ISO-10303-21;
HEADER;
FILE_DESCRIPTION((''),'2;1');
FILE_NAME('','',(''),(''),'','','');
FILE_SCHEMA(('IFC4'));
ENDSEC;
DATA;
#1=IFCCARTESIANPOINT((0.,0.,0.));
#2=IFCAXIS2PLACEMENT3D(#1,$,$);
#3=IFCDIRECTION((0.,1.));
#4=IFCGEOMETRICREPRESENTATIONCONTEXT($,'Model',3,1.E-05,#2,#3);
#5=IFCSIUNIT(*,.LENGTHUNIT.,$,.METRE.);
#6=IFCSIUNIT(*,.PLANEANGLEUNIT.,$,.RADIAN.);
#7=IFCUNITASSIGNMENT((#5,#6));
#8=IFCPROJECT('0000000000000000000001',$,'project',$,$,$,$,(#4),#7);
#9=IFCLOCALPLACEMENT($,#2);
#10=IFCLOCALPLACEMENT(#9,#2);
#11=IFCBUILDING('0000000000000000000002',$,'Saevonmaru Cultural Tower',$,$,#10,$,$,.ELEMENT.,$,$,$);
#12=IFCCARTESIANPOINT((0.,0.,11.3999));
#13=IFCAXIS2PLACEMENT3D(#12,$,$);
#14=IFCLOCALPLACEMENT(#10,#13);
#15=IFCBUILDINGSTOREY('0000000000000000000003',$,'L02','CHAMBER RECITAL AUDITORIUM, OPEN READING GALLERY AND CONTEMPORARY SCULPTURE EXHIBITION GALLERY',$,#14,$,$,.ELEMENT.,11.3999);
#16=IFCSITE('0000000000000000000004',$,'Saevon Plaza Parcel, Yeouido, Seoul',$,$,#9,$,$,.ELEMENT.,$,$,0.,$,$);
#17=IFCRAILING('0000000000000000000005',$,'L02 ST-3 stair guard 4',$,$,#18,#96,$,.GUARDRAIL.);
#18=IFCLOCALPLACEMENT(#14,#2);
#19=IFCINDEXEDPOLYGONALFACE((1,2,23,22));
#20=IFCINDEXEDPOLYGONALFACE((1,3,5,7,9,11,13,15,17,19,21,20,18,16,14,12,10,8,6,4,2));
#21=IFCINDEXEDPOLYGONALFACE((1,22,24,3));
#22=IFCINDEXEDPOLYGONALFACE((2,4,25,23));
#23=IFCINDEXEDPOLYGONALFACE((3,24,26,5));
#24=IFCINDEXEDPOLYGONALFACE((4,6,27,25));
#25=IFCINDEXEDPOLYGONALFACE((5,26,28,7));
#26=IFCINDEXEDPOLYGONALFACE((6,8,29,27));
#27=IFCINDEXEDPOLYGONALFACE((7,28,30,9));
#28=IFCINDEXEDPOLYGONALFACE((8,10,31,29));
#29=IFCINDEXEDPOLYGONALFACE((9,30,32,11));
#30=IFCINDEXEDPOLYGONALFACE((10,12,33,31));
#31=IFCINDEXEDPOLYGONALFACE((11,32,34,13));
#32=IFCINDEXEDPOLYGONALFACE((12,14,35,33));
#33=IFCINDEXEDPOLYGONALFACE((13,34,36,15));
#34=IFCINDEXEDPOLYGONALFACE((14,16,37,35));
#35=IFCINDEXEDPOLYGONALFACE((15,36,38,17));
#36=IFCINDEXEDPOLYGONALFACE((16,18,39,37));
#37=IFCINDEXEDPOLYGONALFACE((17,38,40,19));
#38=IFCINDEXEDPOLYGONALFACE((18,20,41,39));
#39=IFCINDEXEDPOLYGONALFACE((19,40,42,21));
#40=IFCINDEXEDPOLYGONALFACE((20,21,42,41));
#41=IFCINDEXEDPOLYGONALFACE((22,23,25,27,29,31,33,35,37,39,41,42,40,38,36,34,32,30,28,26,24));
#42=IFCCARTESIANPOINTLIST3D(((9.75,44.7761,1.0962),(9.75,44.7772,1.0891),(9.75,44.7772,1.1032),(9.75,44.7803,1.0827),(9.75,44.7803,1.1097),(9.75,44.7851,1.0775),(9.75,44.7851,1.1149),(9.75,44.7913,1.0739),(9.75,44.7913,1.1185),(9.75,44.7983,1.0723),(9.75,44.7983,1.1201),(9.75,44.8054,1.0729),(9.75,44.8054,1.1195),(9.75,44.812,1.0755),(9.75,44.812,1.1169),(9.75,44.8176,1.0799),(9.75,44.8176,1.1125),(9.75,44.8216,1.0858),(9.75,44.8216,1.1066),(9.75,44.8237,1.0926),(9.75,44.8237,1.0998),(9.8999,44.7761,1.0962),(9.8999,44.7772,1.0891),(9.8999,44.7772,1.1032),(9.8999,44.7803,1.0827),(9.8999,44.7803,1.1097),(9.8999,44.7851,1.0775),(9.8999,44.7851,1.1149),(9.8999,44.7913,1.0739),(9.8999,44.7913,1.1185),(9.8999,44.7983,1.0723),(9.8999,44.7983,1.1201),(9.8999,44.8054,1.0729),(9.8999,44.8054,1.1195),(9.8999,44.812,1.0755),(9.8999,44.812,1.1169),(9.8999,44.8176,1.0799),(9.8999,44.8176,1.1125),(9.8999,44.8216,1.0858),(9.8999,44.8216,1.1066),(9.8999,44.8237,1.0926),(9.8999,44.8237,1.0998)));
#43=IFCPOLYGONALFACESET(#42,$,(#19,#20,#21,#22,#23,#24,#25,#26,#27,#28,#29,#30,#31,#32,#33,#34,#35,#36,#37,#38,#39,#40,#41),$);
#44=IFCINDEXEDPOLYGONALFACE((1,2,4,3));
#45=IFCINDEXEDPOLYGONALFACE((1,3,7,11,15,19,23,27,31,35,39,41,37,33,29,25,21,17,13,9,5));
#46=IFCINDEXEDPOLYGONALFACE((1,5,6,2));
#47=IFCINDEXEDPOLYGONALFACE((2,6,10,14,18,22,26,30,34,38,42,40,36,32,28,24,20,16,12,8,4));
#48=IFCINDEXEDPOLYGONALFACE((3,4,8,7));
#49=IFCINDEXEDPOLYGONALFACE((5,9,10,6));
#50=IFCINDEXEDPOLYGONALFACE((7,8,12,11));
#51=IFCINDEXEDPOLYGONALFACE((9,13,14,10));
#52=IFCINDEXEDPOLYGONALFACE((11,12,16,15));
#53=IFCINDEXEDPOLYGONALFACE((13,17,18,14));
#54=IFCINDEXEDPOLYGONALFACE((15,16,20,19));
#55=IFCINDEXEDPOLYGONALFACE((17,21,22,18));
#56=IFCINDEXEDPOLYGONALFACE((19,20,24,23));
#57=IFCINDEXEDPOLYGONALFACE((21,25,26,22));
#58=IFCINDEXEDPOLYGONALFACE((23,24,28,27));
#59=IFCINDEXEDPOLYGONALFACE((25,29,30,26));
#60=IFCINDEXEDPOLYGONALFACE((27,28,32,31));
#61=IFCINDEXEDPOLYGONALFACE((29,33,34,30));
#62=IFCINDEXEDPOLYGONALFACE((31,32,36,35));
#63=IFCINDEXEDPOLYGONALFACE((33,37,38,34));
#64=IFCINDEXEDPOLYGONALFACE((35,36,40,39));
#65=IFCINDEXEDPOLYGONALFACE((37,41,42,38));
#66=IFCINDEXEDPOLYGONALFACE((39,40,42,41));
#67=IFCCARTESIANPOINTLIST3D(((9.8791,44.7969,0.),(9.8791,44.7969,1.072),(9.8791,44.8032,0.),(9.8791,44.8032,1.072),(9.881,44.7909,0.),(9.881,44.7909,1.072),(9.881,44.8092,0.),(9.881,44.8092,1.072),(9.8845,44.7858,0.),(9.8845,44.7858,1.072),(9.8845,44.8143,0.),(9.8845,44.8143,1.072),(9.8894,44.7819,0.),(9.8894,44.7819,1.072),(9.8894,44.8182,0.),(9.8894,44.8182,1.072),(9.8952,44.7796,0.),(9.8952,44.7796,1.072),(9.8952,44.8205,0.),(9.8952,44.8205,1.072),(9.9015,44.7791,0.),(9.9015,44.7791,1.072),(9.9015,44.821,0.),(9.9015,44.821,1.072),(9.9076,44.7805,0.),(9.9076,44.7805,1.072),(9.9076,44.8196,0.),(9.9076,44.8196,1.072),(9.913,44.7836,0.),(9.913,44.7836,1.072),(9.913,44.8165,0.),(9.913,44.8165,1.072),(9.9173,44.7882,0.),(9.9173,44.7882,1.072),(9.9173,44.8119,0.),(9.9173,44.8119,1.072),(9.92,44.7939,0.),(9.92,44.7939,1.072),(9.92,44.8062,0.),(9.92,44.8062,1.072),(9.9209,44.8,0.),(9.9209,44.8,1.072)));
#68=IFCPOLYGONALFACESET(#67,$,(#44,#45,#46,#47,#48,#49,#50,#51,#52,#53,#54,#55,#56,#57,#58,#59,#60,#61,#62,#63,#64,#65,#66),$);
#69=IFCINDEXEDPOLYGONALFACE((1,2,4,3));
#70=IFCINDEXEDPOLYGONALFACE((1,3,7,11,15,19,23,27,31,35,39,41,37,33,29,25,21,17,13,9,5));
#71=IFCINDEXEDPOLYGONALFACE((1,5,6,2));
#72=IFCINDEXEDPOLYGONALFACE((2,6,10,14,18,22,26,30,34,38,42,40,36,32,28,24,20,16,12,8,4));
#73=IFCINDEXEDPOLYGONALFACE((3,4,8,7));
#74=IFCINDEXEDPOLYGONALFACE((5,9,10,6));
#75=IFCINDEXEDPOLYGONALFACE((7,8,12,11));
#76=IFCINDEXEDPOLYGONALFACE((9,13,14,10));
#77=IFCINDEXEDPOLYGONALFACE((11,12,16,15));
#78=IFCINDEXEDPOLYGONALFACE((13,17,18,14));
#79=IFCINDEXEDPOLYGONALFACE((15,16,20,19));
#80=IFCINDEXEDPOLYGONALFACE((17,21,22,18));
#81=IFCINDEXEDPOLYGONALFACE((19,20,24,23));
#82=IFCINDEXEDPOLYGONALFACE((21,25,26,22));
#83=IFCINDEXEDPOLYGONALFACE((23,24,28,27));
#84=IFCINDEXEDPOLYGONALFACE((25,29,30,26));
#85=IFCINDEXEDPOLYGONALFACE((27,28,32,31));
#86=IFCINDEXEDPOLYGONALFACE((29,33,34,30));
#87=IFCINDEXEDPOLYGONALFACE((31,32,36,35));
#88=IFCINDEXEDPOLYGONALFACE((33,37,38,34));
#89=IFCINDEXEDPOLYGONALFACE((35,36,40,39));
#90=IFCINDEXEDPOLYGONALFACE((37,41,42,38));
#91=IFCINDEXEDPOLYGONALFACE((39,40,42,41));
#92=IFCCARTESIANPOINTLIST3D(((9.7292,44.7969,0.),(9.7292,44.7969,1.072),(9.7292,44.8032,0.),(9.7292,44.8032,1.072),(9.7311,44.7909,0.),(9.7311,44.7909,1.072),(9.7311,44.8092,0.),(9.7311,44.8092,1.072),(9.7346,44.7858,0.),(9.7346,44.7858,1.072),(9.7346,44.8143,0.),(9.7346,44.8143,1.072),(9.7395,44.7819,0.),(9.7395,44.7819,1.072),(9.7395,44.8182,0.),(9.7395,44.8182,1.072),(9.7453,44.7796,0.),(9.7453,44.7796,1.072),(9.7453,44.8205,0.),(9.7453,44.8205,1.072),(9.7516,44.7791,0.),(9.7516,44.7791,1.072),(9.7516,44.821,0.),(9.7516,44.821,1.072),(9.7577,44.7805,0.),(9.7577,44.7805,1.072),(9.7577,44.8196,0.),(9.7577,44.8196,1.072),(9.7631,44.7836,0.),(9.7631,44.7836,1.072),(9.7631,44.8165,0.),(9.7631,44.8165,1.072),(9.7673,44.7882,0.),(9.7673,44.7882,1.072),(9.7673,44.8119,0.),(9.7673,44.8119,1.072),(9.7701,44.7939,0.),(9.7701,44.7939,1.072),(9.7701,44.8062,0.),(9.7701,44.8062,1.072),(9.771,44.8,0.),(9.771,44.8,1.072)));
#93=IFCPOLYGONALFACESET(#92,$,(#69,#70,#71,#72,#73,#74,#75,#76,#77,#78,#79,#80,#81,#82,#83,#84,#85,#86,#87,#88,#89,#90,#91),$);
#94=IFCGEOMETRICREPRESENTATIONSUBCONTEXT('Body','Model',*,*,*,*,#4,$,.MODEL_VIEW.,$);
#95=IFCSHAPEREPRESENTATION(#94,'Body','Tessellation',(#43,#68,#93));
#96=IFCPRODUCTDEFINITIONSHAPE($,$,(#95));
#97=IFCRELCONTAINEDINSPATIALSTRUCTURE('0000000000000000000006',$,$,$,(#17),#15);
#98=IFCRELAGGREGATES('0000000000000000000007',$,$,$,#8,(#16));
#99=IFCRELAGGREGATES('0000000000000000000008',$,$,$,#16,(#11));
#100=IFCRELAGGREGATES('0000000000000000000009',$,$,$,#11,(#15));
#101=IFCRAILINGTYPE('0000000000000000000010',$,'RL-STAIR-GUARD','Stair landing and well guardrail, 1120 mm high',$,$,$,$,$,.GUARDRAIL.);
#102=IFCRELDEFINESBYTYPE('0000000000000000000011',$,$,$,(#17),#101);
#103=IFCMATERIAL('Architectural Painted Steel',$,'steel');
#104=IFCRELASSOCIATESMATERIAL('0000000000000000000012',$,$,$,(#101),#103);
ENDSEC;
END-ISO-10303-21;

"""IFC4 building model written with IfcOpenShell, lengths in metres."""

from ifc_helpers import new_model, si_unit, direction, frame, origin, origin_2d, place, context, subcontext, project, spatial, circle, extrude, material, type_object, element, save


model = new_model("IFC4")

# Units and contexts
model_context = context("Model", 3, precision=1e-05, world=origin(), true_north=direction((0.0, 1.0)))
body_context = subcontext(model_context, "Body", "Model", "MODEL_VIEW")
ifc_project = project(units=[si_unit("LENGTHUNIT", "METRE"), si_unit("PLANEANGLEUNIT", "RADIAN")], contexts=[model_context])

# Site, building, storey
site_placement = place(None, origin())
site = spatial("IfcSite", under=ifc_project, at=site_placement, Name="Saevon Plaza Parcel, Yeouido, Seoul", CompositionType="ELEMENT", RefElevation=0.0)
building_placement = place(site_placement, origin())
building = spatial("IfcBuilding", under=site, at=building_placement, Name="Saevonmaru Cultural Tower", CompositionType="ELEMENT")
storey_placement = place(building_placement, frame((0.0, 0.0, 11.3999)))
storey = spatial("IfcBuildingStorey", under=building, at=storey_placement, Name="L02", Description="CHAMBER RECITAL AUDITORIUM, OPEN READING GALLERY AND CONTEMPORARY SCULPTURE EXHIBITION GALLERY", CompositionType="ELEMENT", Elevation=11.3999)

# Railing
ifc_material_1 = material(Name="Architectural Painted Steel", Category="steel")
railing_type_1 = type_object("IfcRailingType", Name="RL-STAIR-GUARD", Description="Stair landing and well guardrail, 1120 mm high", PredefinedType="GUARDRAIL", material=ifc_material_1)
railing_1_placement = place(storey_placement, frame((9.8999, 44.8, 0.0)))
element("IfcRailing", 1, at=railing_1_placement, inside=storey, type_object=railing_type_1, Name="L02 ST-3 stair guard 4", PredefinedType="GUARDRAIL", context=body_context, shape_type="SweptSolid", body=[
    extrude(circle(Radius=0.0239, at=origin_2d()), frame((0.0, 0.0, 1.0962), z_axis=(-1.0, 0.0, 0.0), x_axis=(0.0, -1.0, 0.0)), (0.0, 0.0, 1.0), 0.1499),
    extrude(circle(Radius=0.021, at=origin_2d()), origin(), (0.0, 0.0, 1.0), 1.072),
    extrude(circle(Radius=0.021, at=origin_2d()), frame((-0.1499, 0.0, 0.0)), (0.0, 0.0, 1.0), 1.072),
])

save(model, "model.ifc")
